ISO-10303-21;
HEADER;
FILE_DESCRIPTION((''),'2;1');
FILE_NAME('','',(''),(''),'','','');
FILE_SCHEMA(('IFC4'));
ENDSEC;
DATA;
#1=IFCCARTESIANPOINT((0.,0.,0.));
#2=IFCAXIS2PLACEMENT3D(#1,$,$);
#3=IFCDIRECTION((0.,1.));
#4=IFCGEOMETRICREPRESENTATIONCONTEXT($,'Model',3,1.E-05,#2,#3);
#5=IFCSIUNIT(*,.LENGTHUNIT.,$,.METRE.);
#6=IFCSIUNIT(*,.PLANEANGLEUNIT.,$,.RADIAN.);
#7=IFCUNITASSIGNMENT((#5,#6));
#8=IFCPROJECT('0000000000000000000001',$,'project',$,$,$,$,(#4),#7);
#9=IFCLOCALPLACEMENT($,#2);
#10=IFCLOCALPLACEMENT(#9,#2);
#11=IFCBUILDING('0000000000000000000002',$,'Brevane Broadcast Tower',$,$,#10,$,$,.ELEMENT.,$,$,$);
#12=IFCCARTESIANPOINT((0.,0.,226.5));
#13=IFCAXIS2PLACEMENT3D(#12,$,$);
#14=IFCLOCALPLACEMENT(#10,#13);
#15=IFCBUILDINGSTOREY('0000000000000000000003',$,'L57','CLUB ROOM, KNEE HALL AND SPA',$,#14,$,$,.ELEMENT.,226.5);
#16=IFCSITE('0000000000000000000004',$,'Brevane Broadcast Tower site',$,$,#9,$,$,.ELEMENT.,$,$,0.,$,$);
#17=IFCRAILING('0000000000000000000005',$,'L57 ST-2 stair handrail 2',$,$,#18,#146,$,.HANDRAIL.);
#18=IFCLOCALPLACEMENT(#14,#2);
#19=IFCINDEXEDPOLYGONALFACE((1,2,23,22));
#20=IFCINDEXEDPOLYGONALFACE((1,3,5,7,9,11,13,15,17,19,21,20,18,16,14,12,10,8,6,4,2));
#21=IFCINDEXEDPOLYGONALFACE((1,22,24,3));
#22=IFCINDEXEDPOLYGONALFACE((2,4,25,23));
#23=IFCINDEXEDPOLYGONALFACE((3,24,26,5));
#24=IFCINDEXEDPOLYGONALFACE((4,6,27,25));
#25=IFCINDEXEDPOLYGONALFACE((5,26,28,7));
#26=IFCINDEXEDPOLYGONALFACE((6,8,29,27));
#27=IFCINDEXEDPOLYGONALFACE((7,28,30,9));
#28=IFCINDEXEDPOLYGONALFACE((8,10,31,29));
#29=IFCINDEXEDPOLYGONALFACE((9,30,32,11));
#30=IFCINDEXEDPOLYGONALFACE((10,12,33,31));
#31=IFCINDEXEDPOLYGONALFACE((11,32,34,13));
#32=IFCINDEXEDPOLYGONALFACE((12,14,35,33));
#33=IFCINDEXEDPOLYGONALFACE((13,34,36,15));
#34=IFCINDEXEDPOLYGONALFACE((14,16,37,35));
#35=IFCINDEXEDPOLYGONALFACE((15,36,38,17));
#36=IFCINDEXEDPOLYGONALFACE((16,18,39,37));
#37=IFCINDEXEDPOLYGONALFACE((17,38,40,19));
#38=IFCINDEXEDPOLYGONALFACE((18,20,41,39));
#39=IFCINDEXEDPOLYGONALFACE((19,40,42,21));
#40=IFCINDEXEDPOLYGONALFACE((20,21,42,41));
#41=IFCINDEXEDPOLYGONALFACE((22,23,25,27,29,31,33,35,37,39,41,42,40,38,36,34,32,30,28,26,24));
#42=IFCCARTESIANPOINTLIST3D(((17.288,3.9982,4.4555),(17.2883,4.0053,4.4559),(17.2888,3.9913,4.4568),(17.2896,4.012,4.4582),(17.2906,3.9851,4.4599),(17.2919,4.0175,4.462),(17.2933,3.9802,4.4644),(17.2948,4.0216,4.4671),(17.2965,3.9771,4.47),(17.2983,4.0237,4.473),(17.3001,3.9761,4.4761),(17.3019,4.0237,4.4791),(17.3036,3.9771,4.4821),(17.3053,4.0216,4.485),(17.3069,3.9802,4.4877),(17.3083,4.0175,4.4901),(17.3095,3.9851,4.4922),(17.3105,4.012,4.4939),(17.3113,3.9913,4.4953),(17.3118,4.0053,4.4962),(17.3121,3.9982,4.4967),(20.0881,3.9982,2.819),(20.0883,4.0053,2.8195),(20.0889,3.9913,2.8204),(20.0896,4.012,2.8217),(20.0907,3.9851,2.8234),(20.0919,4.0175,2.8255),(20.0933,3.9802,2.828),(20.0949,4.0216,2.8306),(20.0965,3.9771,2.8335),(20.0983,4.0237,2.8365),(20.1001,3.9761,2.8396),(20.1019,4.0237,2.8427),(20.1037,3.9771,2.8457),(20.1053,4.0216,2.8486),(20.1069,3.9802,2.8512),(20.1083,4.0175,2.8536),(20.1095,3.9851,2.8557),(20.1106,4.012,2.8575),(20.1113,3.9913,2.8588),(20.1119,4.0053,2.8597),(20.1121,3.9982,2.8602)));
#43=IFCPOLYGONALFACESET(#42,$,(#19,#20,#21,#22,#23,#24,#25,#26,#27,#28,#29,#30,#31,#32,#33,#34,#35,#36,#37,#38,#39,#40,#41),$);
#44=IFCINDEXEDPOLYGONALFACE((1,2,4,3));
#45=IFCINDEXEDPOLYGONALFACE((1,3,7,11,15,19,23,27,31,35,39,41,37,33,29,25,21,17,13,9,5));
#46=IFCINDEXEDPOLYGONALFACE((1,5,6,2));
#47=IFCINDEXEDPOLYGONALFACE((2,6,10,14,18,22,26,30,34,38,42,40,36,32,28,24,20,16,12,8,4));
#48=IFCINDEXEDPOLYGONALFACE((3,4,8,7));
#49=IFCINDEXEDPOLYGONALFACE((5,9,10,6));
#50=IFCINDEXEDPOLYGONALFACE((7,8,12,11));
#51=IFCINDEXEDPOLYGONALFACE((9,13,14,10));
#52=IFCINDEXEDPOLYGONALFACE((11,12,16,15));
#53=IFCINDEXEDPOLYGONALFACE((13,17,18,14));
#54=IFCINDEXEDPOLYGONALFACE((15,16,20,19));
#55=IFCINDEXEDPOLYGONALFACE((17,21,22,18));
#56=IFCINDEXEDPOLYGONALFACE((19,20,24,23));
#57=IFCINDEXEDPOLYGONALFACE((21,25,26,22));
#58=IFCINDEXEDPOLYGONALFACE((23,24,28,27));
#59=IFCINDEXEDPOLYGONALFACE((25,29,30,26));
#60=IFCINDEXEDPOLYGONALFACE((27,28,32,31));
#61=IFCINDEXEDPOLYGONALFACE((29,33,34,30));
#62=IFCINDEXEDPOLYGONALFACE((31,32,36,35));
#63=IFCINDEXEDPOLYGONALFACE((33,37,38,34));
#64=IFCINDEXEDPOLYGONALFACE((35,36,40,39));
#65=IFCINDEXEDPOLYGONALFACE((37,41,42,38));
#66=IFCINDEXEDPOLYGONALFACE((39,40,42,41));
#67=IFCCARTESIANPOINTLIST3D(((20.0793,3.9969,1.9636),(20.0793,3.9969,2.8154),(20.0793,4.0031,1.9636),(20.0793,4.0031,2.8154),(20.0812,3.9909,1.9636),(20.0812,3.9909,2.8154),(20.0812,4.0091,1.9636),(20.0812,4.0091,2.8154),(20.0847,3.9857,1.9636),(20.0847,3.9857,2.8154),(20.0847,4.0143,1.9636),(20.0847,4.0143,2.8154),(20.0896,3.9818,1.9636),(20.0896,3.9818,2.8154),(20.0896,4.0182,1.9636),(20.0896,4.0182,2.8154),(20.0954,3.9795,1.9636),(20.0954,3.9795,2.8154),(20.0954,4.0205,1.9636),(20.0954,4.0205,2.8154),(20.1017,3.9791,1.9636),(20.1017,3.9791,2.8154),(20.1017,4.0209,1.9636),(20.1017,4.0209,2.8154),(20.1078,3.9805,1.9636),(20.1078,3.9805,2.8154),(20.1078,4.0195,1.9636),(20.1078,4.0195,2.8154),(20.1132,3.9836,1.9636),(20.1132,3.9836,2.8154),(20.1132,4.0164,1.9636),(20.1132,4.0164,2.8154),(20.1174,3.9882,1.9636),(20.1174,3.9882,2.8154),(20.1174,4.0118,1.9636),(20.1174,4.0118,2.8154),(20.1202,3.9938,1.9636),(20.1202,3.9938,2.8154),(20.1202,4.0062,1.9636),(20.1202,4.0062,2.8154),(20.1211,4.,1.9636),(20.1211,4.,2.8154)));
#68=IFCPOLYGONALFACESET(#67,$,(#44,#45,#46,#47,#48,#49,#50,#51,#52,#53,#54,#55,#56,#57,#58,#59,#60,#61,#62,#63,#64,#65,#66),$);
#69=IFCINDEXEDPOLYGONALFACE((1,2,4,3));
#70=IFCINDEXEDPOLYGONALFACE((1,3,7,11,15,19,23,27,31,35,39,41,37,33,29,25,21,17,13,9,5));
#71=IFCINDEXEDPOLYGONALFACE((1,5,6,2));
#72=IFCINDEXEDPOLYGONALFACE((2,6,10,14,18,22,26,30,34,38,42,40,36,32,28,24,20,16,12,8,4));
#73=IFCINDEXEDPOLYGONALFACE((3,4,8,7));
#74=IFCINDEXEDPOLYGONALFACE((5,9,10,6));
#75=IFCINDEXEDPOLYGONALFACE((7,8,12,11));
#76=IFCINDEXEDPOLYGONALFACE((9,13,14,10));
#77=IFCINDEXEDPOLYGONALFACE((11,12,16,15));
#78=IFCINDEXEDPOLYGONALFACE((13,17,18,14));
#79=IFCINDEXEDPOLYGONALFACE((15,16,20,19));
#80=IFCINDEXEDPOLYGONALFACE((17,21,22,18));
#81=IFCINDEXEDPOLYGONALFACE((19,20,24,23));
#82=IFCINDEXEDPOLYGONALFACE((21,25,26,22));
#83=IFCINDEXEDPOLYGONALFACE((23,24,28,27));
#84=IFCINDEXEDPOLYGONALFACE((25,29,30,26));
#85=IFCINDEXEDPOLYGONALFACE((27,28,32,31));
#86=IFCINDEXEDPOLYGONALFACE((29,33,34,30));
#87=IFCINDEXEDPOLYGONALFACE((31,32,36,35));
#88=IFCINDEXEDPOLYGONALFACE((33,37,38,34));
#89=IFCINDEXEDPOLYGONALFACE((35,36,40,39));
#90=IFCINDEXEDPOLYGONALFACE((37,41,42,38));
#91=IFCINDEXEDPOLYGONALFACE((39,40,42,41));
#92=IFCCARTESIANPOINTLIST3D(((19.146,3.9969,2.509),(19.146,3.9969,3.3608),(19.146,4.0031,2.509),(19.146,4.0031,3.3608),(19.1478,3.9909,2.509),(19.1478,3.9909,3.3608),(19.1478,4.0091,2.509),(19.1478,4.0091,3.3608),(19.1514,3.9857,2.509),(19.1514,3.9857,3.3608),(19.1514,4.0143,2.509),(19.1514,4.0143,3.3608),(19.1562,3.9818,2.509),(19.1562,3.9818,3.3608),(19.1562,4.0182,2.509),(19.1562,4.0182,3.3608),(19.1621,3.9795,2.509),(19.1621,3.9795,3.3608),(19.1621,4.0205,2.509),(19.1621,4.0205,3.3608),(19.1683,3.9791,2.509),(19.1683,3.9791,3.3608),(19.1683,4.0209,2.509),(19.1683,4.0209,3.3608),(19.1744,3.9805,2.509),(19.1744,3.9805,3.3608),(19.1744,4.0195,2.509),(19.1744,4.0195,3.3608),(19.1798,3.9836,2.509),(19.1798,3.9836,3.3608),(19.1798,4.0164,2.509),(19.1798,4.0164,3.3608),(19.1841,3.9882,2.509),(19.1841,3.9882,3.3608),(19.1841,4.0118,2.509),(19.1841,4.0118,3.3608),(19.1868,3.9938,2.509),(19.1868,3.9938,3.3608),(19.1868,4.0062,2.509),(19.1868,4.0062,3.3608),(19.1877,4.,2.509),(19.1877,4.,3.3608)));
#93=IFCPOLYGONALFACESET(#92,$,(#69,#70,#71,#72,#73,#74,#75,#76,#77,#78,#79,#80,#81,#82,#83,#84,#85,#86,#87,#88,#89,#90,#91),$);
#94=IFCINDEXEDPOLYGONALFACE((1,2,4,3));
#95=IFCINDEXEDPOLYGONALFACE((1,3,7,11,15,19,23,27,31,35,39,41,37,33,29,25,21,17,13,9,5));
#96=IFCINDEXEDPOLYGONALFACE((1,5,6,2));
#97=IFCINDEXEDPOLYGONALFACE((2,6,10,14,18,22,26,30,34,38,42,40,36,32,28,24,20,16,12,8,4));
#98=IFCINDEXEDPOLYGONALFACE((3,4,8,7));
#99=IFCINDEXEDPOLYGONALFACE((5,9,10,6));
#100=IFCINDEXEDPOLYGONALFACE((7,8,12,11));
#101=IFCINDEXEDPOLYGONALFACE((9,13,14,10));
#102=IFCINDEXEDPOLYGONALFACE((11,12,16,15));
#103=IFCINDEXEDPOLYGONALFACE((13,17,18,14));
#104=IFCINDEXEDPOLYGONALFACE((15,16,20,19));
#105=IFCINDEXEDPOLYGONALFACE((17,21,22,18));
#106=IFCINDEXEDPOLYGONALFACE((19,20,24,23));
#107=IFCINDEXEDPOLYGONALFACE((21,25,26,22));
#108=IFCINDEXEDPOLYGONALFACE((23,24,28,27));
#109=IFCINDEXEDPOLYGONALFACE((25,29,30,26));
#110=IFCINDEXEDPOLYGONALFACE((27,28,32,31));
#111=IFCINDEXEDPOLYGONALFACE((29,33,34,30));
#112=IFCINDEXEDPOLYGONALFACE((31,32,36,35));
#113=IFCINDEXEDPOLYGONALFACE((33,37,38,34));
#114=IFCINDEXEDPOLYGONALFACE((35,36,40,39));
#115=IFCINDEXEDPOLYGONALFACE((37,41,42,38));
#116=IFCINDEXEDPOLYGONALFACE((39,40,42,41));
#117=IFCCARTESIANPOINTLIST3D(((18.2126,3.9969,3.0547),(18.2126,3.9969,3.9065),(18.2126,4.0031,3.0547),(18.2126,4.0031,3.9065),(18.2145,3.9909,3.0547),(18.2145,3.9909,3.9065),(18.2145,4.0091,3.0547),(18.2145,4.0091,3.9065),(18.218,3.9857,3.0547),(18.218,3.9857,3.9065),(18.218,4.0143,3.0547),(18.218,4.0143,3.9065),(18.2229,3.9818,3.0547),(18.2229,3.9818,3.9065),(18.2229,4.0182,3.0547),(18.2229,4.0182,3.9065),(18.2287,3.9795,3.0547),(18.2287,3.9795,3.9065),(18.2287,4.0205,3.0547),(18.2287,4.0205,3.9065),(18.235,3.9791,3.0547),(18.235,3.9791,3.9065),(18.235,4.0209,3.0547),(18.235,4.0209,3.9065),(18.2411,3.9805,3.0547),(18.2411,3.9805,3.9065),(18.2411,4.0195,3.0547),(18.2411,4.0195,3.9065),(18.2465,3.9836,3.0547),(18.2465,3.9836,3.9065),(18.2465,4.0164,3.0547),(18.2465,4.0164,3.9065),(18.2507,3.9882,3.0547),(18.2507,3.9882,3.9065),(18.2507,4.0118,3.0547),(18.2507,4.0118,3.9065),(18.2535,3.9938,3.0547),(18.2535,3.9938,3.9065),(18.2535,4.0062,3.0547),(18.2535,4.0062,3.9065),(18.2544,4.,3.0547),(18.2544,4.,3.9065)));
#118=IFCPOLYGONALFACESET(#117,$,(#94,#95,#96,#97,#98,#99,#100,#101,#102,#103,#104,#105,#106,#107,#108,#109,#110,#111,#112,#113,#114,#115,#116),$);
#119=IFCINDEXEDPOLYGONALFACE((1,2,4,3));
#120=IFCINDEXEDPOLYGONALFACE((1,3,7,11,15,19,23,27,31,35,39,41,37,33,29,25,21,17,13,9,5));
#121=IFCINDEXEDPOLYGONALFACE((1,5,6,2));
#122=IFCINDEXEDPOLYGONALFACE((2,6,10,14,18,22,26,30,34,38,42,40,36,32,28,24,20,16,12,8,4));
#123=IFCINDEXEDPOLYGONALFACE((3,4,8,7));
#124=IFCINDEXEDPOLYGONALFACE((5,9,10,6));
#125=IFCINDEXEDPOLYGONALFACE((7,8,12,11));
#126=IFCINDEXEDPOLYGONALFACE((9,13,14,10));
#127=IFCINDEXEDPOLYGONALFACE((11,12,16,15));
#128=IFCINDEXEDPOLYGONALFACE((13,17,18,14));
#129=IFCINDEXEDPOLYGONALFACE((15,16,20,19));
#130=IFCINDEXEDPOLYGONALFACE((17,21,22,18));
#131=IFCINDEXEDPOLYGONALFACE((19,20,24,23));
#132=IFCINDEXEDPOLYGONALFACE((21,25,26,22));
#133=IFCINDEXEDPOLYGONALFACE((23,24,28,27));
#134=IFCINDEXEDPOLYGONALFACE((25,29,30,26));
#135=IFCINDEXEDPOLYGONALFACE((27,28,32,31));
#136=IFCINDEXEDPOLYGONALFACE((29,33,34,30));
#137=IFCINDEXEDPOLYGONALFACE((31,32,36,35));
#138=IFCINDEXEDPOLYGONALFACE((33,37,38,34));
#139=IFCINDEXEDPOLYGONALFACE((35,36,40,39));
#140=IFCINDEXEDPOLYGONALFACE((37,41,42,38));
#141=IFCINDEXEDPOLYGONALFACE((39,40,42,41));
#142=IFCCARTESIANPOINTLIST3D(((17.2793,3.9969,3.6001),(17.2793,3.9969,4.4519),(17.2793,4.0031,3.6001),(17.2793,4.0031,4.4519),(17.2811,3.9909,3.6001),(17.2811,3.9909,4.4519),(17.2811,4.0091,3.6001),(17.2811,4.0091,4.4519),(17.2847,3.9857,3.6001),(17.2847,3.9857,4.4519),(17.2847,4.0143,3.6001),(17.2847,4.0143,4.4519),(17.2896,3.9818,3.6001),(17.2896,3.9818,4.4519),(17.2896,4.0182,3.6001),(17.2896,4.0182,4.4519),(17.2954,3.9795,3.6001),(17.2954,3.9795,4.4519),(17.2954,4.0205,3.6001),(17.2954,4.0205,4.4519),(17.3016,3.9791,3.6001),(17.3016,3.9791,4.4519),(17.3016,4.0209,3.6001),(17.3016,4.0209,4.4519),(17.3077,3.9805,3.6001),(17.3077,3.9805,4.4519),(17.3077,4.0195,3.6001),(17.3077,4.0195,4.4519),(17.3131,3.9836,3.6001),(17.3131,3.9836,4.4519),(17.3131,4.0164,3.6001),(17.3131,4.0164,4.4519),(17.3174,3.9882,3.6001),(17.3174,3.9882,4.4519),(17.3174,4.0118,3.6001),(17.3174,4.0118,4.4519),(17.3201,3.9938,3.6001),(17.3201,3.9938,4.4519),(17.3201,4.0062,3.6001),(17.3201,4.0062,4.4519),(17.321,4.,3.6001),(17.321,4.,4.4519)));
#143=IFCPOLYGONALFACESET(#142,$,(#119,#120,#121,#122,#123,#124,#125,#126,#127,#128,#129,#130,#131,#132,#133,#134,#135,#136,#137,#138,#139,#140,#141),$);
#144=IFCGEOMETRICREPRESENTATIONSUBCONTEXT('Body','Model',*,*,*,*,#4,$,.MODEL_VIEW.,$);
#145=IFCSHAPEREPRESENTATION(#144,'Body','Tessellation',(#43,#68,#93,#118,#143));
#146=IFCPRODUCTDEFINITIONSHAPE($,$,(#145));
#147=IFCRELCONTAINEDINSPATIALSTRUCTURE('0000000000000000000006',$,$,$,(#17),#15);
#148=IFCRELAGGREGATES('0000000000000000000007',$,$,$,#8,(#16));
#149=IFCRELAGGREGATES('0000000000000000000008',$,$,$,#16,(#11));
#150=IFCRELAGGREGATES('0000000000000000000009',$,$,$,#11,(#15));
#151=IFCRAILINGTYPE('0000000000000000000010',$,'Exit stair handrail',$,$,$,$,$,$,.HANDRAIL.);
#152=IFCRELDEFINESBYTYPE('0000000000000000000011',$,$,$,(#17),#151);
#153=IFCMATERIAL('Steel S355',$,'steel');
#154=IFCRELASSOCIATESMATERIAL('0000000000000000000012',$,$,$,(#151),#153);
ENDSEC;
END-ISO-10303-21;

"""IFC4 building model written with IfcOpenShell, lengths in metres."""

from ifc_helpers import new_model, si_unit, direction, frame, origin, origin_2d, place, context, subcontext, project, spatial, circle, extrude, material, type_object, element, save


model = new_model("IFC4")

# Units and contexts
model_context = context("Model", 3, precision=1e-05, world=origin(), true_north=direction((0.0, 1.0)))
body_context = subcontext(model_context, "Body", "Model", "MODEL_VIEW")
ifc_project = project(units=[si_unit("LENGTHUNIT", "METRE"), si_unit("PLANEANGLEUNIT", "RADIAN")], contexts=[model_context])

# Site, building, storey
site_placement = place(None, origin())
site = spatial("IfcSite", under=ifc_project, at=site_placement, Name="Brevane Broadcast Tower site", CompositionType="ELEMENT", RefElevation=0.0)
building_placement = place(site_placement, origin())
building = spatial("IfcBuilding", under=site, at=building_placement, Name="Brevane Broadcast Tower", CompositionType="ELEMENT")
storey_placement = place(building_placement, frame((0.0, 0.0, 226.5)))
storey = spatial("IfcBuildingStorey", under=building, at=storey_placement, Name="L57", Description="CLUB ROOM, KNEE HALL AND SPA", CompositionType="ELEMENT", Elevation=226.5)

# Railing
ifc_material_1 = material(Name="Steel S355", Category="steel")
railing_type_1 = type_object("IfcRailingType", Name="Exit stair handrail", PredefinedType="HANDRAIL", material=ifc_material_1)
railing_1_placement = place(storey_placement, frame((20.1001, 4.0, 1.9636)))
element("IfcRailing", 1, at=railing_1_placement, inside=storey, type_object=railing_type_1, Name="L57 ST-2 stair handrail 2", PredefinedType="HANDRAIL", context=body_context, shape_type="SweptSolid", body=[
    extrude(circle(Radius=0.0239, at=origin_2d()), frame((0.0, 0.0, 0.876), z_axis=(-0.863361, 0.0, 0.504587), x_axis=(0.0, -1.0, 0.0)), (0.0, 0.0, 1.0), 3.2432),
    extrude(circle(Radius=0.021, at=origin_2d()), origin(), (0.0, 0.0, 1.0), 0.8518),
    extrude(circle(Radius=0.021, at=origin_2d()), frame((-0.9333, 0.0, 0.5454)), (0.0, 0.0, 1.0), 0.8518),
    extrude(circle(Radius=0.021, at=origin_2d()), frame((-1.8667, 0.0, 1.0911)), (0.0, 0.0, 1.0), 0.8518),
    extrude(circle(Radius=0.021, at=origin_2d()), frame((-2.8, 0.0, 1.6365)), (0.0, 0.0, 1.0), 0.8518),
])

save(model, "model.ifc")
